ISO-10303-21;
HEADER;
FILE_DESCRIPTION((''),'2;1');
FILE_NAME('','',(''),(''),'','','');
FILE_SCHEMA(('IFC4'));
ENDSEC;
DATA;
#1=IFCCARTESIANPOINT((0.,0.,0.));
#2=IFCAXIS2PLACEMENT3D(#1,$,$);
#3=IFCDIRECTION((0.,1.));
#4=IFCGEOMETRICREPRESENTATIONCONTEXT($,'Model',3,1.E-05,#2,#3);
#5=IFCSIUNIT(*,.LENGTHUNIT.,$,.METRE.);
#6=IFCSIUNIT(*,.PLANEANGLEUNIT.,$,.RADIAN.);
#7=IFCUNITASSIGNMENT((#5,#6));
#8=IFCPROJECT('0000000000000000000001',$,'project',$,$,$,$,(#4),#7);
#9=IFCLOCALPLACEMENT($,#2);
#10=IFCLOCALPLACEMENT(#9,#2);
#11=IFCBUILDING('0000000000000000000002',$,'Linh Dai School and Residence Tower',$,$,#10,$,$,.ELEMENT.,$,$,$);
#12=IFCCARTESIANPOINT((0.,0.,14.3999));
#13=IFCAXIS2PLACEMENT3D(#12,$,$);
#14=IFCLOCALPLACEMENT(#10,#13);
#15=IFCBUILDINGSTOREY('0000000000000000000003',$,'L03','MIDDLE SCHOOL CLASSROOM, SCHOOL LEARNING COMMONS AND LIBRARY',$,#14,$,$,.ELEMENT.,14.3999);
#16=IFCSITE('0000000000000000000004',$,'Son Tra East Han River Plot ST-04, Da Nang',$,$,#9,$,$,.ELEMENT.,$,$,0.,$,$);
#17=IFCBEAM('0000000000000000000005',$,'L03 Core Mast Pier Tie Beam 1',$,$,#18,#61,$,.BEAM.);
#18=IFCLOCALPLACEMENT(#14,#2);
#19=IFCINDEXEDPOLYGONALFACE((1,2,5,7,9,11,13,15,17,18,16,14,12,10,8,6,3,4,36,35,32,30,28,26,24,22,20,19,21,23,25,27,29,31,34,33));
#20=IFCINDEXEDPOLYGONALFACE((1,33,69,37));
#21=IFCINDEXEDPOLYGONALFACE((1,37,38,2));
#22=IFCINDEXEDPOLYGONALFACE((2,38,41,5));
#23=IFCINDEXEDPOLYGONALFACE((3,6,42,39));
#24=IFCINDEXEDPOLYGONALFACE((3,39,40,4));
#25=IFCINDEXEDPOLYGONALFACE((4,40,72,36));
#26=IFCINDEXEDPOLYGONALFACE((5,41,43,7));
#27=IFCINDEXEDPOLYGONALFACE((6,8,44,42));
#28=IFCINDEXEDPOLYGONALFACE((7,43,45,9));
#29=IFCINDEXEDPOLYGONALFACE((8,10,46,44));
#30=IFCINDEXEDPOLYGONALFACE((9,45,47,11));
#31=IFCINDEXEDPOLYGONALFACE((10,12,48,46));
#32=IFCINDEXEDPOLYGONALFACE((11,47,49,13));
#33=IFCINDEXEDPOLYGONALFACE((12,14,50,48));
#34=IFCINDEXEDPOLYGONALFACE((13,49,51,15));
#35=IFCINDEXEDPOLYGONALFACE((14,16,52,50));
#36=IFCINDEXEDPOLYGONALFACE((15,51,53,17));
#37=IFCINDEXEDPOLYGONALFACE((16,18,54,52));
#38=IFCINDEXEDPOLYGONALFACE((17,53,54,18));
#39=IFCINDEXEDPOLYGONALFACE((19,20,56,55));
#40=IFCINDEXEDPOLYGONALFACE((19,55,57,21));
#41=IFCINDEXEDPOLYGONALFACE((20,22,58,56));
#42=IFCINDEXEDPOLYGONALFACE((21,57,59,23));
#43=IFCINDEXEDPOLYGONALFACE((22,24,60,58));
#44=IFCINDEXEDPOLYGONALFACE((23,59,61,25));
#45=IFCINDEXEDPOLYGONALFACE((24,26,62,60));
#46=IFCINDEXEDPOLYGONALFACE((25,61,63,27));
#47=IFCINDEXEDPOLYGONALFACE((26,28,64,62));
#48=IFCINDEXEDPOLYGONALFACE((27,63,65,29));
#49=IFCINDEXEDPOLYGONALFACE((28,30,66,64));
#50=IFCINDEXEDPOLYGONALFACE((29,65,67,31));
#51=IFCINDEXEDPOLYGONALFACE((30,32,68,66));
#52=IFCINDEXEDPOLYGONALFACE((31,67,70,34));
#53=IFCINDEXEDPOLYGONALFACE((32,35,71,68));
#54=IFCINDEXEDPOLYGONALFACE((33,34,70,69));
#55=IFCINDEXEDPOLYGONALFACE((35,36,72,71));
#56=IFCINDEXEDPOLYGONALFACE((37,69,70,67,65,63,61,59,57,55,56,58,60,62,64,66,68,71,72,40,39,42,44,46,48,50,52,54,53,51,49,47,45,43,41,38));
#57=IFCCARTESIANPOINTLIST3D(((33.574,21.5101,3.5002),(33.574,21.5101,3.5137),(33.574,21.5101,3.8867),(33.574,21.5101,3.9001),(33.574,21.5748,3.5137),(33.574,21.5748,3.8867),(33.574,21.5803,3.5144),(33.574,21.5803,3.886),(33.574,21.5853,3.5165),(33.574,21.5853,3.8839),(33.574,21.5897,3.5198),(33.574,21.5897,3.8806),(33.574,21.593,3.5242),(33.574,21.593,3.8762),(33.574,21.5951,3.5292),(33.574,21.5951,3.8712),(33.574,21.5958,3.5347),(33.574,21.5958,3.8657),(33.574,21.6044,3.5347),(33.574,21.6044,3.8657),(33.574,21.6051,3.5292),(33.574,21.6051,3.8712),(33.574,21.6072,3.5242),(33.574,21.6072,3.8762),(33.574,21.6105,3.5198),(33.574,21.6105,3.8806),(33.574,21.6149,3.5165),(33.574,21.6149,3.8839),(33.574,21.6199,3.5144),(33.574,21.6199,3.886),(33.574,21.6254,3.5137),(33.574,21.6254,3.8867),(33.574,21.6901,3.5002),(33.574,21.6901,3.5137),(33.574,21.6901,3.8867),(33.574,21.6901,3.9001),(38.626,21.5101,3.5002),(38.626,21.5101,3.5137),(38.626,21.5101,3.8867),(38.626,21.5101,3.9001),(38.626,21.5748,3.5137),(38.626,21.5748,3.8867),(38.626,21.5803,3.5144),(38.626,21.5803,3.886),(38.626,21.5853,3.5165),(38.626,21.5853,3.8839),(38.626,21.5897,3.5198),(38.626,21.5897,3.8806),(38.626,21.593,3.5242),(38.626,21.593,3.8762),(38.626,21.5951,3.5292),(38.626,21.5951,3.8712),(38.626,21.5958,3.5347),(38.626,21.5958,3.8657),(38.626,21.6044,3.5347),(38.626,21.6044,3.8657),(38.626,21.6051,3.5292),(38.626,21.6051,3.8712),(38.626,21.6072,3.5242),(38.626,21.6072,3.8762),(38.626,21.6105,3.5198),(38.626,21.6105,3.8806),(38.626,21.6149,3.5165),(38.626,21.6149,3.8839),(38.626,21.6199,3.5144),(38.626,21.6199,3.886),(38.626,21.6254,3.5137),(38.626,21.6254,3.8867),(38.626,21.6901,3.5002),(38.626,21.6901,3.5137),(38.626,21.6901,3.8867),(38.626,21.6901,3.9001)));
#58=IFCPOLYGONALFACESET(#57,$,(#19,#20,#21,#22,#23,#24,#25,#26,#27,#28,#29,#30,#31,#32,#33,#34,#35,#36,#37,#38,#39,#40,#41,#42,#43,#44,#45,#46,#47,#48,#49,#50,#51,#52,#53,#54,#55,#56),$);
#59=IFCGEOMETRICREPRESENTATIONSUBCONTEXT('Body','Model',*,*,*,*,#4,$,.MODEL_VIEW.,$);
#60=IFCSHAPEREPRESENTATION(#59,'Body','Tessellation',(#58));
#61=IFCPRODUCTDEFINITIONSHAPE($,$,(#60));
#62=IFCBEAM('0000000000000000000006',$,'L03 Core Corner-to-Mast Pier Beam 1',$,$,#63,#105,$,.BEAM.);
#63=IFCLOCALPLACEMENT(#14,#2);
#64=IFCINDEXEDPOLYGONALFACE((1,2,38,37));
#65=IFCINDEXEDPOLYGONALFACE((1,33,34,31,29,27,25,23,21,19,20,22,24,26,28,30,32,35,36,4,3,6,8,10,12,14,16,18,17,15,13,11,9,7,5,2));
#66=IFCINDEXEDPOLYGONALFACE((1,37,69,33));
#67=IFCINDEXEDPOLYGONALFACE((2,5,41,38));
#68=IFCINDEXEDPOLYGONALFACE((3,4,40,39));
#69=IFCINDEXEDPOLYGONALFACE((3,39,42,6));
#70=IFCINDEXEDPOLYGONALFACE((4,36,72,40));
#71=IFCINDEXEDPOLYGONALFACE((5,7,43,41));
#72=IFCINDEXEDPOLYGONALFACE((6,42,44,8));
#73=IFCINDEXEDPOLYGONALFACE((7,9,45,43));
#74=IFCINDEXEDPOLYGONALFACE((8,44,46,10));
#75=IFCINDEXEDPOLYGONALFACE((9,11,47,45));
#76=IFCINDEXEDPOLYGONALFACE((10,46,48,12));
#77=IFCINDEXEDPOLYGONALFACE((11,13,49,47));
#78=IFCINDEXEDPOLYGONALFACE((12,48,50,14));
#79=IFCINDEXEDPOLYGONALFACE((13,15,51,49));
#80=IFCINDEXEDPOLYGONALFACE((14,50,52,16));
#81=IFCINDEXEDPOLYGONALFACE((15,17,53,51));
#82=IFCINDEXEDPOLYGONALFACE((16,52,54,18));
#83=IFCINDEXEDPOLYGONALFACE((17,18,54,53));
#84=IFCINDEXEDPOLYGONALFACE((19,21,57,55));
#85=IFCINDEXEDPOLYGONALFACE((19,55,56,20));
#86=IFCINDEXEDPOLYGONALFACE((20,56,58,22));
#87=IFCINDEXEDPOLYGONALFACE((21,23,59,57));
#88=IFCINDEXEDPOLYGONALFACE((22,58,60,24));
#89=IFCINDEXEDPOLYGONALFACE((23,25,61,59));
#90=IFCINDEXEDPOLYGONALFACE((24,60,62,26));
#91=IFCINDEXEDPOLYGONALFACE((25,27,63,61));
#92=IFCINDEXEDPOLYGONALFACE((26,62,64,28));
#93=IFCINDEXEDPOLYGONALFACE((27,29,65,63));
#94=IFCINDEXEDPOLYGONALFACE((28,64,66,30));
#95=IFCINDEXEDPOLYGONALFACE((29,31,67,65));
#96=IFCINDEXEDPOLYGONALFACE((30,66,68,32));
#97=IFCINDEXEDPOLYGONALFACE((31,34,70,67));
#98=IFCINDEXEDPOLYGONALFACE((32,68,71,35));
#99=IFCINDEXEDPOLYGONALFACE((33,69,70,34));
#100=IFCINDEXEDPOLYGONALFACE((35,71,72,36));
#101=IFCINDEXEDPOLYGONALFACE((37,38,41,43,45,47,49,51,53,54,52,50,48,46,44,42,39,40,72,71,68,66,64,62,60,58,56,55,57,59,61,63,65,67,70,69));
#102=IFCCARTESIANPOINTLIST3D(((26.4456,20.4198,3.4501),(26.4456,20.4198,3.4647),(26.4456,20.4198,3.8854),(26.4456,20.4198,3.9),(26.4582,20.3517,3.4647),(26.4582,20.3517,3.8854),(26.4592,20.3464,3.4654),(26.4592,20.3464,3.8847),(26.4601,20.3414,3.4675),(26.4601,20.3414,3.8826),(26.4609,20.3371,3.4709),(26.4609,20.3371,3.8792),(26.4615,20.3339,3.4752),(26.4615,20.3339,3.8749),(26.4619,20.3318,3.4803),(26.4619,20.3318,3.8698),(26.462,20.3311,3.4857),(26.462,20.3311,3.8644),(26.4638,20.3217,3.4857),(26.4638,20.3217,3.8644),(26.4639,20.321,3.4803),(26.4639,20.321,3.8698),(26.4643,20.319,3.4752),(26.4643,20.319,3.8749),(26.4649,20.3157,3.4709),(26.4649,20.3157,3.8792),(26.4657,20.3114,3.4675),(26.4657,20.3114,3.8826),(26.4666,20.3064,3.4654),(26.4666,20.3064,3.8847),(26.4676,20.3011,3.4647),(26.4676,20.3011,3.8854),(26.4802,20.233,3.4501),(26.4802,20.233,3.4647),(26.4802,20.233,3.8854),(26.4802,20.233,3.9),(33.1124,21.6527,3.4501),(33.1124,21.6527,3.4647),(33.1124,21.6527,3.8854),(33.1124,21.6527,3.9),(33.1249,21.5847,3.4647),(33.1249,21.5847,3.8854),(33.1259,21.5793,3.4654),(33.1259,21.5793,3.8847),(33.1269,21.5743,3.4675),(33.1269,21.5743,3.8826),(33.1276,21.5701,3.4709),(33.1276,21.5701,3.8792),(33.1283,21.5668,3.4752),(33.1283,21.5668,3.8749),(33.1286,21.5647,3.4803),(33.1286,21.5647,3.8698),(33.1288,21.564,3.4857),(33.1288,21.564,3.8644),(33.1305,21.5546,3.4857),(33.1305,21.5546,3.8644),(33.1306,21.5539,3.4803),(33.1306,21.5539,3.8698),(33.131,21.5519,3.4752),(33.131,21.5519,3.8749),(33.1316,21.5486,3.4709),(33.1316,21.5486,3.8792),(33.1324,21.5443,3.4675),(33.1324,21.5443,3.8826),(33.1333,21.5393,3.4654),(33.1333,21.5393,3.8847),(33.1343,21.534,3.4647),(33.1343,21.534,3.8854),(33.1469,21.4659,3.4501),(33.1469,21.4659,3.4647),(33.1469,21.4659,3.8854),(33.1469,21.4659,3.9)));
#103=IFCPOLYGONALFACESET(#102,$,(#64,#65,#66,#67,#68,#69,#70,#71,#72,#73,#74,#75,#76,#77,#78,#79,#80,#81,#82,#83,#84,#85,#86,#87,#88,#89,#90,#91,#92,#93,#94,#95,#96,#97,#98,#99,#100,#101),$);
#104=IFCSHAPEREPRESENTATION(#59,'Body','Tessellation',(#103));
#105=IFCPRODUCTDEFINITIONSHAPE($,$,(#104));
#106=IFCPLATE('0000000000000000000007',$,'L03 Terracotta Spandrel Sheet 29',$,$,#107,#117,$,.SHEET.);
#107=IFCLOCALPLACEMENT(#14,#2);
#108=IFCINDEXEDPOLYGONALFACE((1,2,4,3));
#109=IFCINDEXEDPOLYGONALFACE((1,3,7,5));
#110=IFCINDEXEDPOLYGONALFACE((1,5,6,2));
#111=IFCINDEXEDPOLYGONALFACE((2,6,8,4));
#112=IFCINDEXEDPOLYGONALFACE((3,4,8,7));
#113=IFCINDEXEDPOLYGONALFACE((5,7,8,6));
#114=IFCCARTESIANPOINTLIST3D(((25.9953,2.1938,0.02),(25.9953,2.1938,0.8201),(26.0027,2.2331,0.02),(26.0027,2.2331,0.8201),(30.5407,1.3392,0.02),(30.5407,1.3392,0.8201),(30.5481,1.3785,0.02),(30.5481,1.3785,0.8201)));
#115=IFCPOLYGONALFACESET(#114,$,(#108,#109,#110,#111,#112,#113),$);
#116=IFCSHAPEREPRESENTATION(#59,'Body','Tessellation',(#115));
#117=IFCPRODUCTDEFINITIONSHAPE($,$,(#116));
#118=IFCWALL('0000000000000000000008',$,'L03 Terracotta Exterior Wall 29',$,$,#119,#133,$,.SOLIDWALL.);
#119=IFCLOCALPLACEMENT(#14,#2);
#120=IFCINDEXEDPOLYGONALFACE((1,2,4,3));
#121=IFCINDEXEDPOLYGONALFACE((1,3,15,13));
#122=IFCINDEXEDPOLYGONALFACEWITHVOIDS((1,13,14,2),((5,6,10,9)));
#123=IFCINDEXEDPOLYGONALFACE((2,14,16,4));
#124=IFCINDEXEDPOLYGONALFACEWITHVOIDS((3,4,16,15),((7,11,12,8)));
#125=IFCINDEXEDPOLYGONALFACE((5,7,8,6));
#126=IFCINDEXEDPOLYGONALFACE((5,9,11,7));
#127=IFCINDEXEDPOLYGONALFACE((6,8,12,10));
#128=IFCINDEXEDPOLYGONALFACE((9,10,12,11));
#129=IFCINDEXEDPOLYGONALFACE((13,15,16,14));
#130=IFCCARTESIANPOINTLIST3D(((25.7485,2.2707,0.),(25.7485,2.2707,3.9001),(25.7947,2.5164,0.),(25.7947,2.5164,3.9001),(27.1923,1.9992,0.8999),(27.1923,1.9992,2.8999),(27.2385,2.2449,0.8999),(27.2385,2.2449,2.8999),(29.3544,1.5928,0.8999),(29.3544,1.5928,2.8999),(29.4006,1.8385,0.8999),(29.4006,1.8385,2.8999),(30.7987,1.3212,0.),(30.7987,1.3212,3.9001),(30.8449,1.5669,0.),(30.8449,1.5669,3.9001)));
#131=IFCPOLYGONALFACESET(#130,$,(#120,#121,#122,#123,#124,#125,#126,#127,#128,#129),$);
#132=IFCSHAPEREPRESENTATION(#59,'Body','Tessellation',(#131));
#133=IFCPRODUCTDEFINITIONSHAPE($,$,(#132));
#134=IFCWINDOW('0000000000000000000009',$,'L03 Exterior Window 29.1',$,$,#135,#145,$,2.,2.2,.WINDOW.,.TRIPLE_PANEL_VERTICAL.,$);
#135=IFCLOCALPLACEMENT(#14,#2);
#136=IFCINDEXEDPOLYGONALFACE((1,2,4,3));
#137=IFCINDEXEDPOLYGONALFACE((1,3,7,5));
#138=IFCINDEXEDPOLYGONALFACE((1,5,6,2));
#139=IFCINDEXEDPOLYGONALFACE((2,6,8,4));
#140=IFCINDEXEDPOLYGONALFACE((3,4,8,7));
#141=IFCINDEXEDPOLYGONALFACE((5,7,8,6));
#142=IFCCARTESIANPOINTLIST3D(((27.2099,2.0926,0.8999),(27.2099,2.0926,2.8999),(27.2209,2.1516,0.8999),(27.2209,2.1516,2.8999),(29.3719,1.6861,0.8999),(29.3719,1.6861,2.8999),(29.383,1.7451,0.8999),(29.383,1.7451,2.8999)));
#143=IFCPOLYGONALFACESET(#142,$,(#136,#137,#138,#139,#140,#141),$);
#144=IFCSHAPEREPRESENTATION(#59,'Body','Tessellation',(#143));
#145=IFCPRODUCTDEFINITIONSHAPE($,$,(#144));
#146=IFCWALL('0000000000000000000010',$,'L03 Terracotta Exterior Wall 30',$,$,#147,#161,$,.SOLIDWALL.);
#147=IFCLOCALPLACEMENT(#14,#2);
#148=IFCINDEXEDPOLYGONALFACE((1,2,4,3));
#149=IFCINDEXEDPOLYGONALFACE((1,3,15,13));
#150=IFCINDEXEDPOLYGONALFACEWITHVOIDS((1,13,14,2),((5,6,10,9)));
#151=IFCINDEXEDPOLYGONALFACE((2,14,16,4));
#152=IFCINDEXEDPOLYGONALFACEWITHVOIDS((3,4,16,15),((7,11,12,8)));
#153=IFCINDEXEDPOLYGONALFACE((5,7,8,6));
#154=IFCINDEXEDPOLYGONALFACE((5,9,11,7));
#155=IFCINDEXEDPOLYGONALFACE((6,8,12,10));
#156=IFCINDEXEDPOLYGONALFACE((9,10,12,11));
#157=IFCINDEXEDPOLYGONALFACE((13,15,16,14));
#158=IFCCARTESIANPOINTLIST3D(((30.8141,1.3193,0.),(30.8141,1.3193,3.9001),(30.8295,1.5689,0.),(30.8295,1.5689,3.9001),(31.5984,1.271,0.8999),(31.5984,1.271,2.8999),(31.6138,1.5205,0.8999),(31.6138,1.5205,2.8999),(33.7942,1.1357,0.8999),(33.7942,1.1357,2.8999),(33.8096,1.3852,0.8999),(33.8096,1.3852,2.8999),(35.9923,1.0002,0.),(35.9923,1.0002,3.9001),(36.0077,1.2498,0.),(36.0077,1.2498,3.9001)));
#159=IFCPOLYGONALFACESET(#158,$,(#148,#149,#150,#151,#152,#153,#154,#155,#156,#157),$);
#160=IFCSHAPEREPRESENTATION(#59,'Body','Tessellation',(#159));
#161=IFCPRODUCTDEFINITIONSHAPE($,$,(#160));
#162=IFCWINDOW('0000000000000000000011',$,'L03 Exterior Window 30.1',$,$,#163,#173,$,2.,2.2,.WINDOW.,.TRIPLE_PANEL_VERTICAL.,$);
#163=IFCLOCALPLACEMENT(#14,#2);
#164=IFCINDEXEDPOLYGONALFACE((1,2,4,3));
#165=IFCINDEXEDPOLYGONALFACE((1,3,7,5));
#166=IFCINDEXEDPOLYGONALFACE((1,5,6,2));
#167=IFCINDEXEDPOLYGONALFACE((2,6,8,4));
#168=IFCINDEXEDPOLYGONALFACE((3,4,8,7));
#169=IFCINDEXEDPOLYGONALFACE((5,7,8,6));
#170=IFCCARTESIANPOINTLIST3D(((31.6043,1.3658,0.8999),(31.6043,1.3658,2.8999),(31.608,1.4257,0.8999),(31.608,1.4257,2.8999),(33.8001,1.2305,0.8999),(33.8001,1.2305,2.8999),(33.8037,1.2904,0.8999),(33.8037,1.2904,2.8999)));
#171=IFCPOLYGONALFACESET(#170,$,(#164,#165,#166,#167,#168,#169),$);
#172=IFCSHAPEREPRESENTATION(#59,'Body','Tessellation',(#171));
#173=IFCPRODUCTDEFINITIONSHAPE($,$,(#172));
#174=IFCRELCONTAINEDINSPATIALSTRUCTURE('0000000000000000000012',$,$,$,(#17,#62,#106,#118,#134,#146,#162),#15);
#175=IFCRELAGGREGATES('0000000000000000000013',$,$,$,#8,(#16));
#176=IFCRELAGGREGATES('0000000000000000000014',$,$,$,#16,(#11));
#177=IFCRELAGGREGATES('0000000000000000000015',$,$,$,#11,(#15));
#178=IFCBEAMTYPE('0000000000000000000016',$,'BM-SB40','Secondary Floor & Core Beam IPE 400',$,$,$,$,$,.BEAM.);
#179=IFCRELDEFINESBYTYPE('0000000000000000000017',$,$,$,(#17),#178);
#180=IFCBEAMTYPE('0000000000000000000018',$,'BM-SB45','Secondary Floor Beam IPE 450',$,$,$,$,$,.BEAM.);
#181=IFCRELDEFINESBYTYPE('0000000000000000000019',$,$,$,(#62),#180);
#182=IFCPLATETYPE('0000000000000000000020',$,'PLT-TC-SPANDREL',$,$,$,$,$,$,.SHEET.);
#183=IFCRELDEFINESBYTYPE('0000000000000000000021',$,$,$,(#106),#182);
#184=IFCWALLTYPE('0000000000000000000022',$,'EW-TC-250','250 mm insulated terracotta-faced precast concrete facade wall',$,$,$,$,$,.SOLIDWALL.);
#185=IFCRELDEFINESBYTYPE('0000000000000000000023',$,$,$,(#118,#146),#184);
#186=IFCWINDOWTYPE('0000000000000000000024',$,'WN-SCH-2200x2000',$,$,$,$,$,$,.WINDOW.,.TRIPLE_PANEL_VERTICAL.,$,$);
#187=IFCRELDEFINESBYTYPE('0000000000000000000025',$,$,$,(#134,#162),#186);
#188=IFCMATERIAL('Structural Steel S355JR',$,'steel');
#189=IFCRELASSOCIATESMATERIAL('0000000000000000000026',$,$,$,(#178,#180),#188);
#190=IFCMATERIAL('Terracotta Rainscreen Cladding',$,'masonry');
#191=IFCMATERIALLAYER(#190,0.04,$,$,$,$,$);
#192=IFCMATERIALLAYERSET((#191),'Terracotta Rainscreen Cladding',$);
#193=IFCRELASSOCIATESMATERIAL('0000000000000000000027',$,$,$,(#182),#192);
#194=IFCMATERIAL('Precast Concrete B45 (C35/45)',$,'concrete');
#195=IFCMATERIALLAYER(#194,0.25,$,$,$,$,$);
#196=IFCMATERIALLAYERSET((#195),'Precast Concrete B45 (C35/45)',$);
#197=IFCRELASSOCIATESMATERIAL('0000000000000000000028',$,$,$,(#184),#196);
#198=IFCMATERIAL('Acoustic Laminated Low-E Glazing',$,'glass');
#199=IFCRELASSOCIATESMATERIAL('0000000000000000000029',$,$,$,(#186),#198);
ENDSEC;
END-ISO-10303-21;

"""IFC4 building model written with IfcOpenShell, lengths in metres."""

from ifc_helpers import new_model, si_unit, direction, frame, frame_2d, origin, origin_2d, place, context, subcontext, project, spatial, rectangle, i_section, extrude, source, transform, mapped, material, layer, layer_set, material_profile, profile_set, type_object, element, fill, save


model = new_model("IFC4")

# Units and contexts
model_context = context("Model", 3, precision=1e-05, world=origin(), true_north=direction((0.0, 1.0)))
body_context = subcontext(model_context, "Body", "Model", "MODEL_VIEW")
ifc_project = project(units=[si_unit("LENGTHUNIT", "METRE"), si_unit("PLANEANGLEUNIT", "RADIAN")], contexts=[model_context])

# Site, building, storey
site_placement = place(None, origin())
site = spatial("IfcSite", under=ifc_project, at=site_placement, Name="Son Tra East Han River Plot ST-04, Da Nang", CompositionType="ELEMENT", RefElevation=0.0)
building_placement = place(site_placement, origin())
building = spatial("IfcBuilding", under=site, at=building_placement, Name="Linh Dai School and Residence Tower", CompositionType="ELEMENT")
storey_placement = place(building_placement, frame((0.0, 0.0, 14.3999)))
storey = spatial("IfcBuildingStorey", under=building, at=storey_placement, Name="L03", Description="MIDDLE SCHOOL CLASSROOM, SCHOOL LEARNING COMMONS AND LIBRARY", CompositionType="ELEMENT", Elevation=14.3999)

# Shared definitions
ifc_material_1 = material(Name="Structural Steel S355JR", Category="steel")

# Beams
ifc_material_profile_1 = material_profile(ifc_material_1, i_section(OverallWidth=0.1799, OverallDepth=0.3999, WebThickness=0.0085, FlangeThickness=0.0134, FilletRadius=0.021, at=origin_2d()), Name="IPE 400")
ifc_profile_set_1 = profile_set([ifc_material_profile_1], Name="Structural Steel S355JR")
beam_type_1 = type_object("IfcBeamType", Name="BM-SB40", Description="Secondary Floor & Core Beam IPE 400", PredefinedType="BEAM", material=ifc_profile_set_1)
beam_1_placement = place(storey_placement, frame((33.574, 21.6001, 3.7002), z_axis=(1.0, 0.0, 0.0), x_axis=(0.0, 1.0, 0.0)))
element("IfcBeam", 1, at=beam_1_placement, inside=storey, type_object=beam_type_1, Name="L03 Core Mast Pier Tie Beam 1", PredefinedType="BEAM", context=body_context, shape_type="SweptSolid", body=[
    extrude(i_section(OverallWidth=0.1799, OverallDepth=0.3999, WebThickness=0.0085, FlangeThickness=0.0134, FilletRadius=0.021, at=origin_2d()), origin(), (0.0, 0.0, 1.0), 5.052),
])
ifc_material_profile_2 = material_profile(ifc_material_1, i_section(OverallWidth=0.1899, OverallDepth=0.45, WebThickness=0.0095, FlangeThickness=0.0146, FilletRadius=0.021, at=origin_2d()), Name="IPE 450")
ifc_profile_set_2 = profile_set([ifc_material_profile_2], Name="Structural Steel S355JR")
beam_type_2 = type_object("IfcBeamType", Name="BM-SB45", Description="Secondary Floor Beam IPE 450", PredefinedType="BEAM", material=ifc_profile_set_2)
beam_2_placement = place(storey_placement, frame((26.4629, 20.3264, 3.675), z_axis=(0.983326, 0.181851, 0.0), x_axis=(-0.181851, 0.983326, 0.0)))
element("IfcBeam", 2, at=beam_2_placement, inside=storey, type_object=beam_type_2, Name="L03 Core Corner-to-Mast Pier Beam 1", PredefinedType="BEAM", context=body_context, shape_type="SweptSolid", body=[
    extrude(i_section(OverallWidth=0.1899, OverallDepth=0.45, WebThickness=0.0095, FlangeThickness=0.0146, FilletRadius=0.021, at=origin_2d()), origin(), (0.0, 0.0, 1.0), 6.7798),
])

# Plate
ifc_material_2 = material(Name="Terracotta Rainscreen Cladding", Category="masonry")
ifc_layer_1 = layer(ifc_material_2, 0.04)
ifc_layer_set_1 = layer_set([ifc_layer_1], Name="Terracotta Rainscreen Cladding")
plate_type = type_object("IfcPlateType", Name="PLT-TC-SPANDREL", PredefinedType="SHEET", material=ifc_layer_set_1)
shared_shape_1 = source(origin(), body_context, "Body", "SweptSolid", [
    extrude(rectangle(XDim=4.625, YDim=0.04, at=origin_2d()), origin(), (0.0, 0.0, 1.0), 0.8),
])
plate_placement = place(storey_placement, frame((28.2717, 1.7861, 0.02), z_axis=(0.0, 0.0, 1.0), x_axis=(-0.982781, 0.184775, 0.0)))
element("IfcPlate", 3, at=plate_placement, inside=storey, type_object=plate_type, Name="L03 Terracotta Spandrel Sheet 29", PredefinedType="SHEET", context=body_context, shape_type="MappedRepresentation", body=[
    mapped(shared_shape_1, transform((0.0, 0.0, 0.0), x_axis=(1.0, 0.0, 0.0), y_axis=(0.0, 1.0, 0.0), z_axis=(0.0, 0.0, 1.0), scale=1.0)),
])

# Walls, openings, windows
ifc_material_3 = material(Name="Precast Concrete B45 (C35/45)", Category="concrete")
ifc_layer_2 = layer(ifc_material_3, 0.25)
ifc_layer_set_2 = layer_set([ifc_layer_2], Name="Precast Concrete B45 (C35/45)")
wall_type_1 = type_object("IfcWallType", Name="EW-TC-250", Description="250 mm insulated terracotta-faced precast concrete facade wall", PredefinedType="SOLIDWALL", material=ifc_layer_set_2)
wall_1_placement = place(storey_placement, frame((30.8218, 1.4441, 0.0), z_axis=(0.0, 0.0, 1.0), x_axis=(-0.982783, 0.184765, 0.0)))
wall_1 = element("IfcWall", 4, at=wall_1_placement, inside=storey, type_object=wall_type_1, Name="L03 Terracotta Exterior Wall 29", PredefinedType="SOLIDWALL", context=body_context, shape_type="SweptSolid", body=[
    extrude(rectangle(XDim=5.1387, YDim=0.25, at=frame_2d((2.5693, 0.0))), origin(), (0.0, 0.0, 1.0), 3.9001),
])
opening_1_placement = place(wall_1_placement, frame((1.4695, 0.0, 0.8999)))
opening_1 = element("IfcOpeningElement", 5, at=opening_1_placement, cuts=wall_1, PredefinedType="OPENING", context=body_context, shape_type="SweptSolid", body=[
    extrude(rectangle(XDim=2.2, YDim=2.0, at=origin_2d()), frame((1.1001, 0.135, 1.0), z_axis=(0.0, -1.0, 0.0), x_axis=(1.0, 0.0, 0.0)), (0.0, 0.0, 1.0), 0.27),
])
ifc_material_4 = material(Name="Acoustic Laminated Low-E Glazing", Category="glass")
window_type = type_object("IfcWindowType", Name="WN-SCH-2200x2000", PartitioningType="TRIPLE_PANEL_VERTICAL", PredefinedType="WINDOW", material=ifc_material_4)
shared_shape_2 = source(origin(), body_context, "Body", "SweptSolid", [
    extrude(rectangle(XDim=2.2, YDim=2.0, at=origin_2d()), frame((1.1001, 0.03, 1.0), z_axis=(0.0, -1.0, 0.0), x_axis=(1.0, 0.0, 0.0)), (0.0, 0.0, 1.0), 0.0601),
])
window_1_placement = place(opening_1_placement, origin())
window_1 = element("IfcWindow", 6, at=window_1_placement, inside=storey, type_object=window_type, Name="L03 Exterior Window 29.1", OverallHeight=2.0, OverallWidth=2.2, PartitioningType="TRIPLE_PANEL_VERTICAL", PredefinedType="WINDOW", context=body_context, shape_type="MappedRepresentation", body=[
    mapped(shared_shape_2, transform((0.0, 0.0, 0.0), x_axis=(1.0, 0.0, 0.0), y_axis=(0.0, 1.0, 0.0), z_axis=(0.0, 0.0, 1.0), scale=1.0)),
])
fill(opening_1, window_1)
wall_2_placement = place(storey_placement, frame((36.0, 1.125, 0.0), z_axis=(0.0, 0.0, 1.0), x_axis=(-0.998107, 0.061505, 0.0)))
wall_2 = element("IfcWall", 7, at=wall_2_placement, inside=storey, type_object=wall_type_1, Name="L03 Terracotta Exterior Wall 30", PredefinedType="SOLIDWALL", context=body_context, shape_type="SweptSolid", body=[
    extrude(rectangle(XDim=5.188, YDim=0.25, at=frame_2d((2.594, 0.0))), origin(), (0.0, 0.0, 1.0), 3.9001),
])
opening_2_placement = place(wall_2_placement, frame((2.2021, 0.0, 0.8999)))
opening_2 = element("IfcOpeningElement", 8, at=opening_2_placement, cuts=wall_2, PredefinedType="OPENING", context=body_context, shape_type="SweptSolid", body=[
    extrude(rectangle(XDim=2.2, YDim=2.0, at=origin_2d()), frame((1.1001, 0.135, 1.0), z_axis=(0.0, -1.0, 0.0), x_axis=(1.0, 0.0, 0.0)), (0.0, 0.0, 1.0), 0.27),
])
window_2_placement = place(opening_2_placement, origin())
window_2 = element("IfcWindow", 9, at=window_2_placement, inside=storey, type_object=window_type, Name="L03 Exterior Window 30.1", OverallHeight=2.0, OverallWidth=2.2, PartitioningType="TRIPLE_PANEL_VERTICAL", PredefinedType="WINDOW", context=body_context, shape_type="MappedRepresentation", body=[
    mapped(shared_shape_2, transform((0.0, 0.0, 0.0), x_axis=(1.0, 0.0, 0.0), y_axis=(0.0, 1.0, 0.0), z_axis=(0.0, 0.0, 1.0), scale=1.0)),
])
fill(opening_2, window_2)

save(model, "model.ifc")
